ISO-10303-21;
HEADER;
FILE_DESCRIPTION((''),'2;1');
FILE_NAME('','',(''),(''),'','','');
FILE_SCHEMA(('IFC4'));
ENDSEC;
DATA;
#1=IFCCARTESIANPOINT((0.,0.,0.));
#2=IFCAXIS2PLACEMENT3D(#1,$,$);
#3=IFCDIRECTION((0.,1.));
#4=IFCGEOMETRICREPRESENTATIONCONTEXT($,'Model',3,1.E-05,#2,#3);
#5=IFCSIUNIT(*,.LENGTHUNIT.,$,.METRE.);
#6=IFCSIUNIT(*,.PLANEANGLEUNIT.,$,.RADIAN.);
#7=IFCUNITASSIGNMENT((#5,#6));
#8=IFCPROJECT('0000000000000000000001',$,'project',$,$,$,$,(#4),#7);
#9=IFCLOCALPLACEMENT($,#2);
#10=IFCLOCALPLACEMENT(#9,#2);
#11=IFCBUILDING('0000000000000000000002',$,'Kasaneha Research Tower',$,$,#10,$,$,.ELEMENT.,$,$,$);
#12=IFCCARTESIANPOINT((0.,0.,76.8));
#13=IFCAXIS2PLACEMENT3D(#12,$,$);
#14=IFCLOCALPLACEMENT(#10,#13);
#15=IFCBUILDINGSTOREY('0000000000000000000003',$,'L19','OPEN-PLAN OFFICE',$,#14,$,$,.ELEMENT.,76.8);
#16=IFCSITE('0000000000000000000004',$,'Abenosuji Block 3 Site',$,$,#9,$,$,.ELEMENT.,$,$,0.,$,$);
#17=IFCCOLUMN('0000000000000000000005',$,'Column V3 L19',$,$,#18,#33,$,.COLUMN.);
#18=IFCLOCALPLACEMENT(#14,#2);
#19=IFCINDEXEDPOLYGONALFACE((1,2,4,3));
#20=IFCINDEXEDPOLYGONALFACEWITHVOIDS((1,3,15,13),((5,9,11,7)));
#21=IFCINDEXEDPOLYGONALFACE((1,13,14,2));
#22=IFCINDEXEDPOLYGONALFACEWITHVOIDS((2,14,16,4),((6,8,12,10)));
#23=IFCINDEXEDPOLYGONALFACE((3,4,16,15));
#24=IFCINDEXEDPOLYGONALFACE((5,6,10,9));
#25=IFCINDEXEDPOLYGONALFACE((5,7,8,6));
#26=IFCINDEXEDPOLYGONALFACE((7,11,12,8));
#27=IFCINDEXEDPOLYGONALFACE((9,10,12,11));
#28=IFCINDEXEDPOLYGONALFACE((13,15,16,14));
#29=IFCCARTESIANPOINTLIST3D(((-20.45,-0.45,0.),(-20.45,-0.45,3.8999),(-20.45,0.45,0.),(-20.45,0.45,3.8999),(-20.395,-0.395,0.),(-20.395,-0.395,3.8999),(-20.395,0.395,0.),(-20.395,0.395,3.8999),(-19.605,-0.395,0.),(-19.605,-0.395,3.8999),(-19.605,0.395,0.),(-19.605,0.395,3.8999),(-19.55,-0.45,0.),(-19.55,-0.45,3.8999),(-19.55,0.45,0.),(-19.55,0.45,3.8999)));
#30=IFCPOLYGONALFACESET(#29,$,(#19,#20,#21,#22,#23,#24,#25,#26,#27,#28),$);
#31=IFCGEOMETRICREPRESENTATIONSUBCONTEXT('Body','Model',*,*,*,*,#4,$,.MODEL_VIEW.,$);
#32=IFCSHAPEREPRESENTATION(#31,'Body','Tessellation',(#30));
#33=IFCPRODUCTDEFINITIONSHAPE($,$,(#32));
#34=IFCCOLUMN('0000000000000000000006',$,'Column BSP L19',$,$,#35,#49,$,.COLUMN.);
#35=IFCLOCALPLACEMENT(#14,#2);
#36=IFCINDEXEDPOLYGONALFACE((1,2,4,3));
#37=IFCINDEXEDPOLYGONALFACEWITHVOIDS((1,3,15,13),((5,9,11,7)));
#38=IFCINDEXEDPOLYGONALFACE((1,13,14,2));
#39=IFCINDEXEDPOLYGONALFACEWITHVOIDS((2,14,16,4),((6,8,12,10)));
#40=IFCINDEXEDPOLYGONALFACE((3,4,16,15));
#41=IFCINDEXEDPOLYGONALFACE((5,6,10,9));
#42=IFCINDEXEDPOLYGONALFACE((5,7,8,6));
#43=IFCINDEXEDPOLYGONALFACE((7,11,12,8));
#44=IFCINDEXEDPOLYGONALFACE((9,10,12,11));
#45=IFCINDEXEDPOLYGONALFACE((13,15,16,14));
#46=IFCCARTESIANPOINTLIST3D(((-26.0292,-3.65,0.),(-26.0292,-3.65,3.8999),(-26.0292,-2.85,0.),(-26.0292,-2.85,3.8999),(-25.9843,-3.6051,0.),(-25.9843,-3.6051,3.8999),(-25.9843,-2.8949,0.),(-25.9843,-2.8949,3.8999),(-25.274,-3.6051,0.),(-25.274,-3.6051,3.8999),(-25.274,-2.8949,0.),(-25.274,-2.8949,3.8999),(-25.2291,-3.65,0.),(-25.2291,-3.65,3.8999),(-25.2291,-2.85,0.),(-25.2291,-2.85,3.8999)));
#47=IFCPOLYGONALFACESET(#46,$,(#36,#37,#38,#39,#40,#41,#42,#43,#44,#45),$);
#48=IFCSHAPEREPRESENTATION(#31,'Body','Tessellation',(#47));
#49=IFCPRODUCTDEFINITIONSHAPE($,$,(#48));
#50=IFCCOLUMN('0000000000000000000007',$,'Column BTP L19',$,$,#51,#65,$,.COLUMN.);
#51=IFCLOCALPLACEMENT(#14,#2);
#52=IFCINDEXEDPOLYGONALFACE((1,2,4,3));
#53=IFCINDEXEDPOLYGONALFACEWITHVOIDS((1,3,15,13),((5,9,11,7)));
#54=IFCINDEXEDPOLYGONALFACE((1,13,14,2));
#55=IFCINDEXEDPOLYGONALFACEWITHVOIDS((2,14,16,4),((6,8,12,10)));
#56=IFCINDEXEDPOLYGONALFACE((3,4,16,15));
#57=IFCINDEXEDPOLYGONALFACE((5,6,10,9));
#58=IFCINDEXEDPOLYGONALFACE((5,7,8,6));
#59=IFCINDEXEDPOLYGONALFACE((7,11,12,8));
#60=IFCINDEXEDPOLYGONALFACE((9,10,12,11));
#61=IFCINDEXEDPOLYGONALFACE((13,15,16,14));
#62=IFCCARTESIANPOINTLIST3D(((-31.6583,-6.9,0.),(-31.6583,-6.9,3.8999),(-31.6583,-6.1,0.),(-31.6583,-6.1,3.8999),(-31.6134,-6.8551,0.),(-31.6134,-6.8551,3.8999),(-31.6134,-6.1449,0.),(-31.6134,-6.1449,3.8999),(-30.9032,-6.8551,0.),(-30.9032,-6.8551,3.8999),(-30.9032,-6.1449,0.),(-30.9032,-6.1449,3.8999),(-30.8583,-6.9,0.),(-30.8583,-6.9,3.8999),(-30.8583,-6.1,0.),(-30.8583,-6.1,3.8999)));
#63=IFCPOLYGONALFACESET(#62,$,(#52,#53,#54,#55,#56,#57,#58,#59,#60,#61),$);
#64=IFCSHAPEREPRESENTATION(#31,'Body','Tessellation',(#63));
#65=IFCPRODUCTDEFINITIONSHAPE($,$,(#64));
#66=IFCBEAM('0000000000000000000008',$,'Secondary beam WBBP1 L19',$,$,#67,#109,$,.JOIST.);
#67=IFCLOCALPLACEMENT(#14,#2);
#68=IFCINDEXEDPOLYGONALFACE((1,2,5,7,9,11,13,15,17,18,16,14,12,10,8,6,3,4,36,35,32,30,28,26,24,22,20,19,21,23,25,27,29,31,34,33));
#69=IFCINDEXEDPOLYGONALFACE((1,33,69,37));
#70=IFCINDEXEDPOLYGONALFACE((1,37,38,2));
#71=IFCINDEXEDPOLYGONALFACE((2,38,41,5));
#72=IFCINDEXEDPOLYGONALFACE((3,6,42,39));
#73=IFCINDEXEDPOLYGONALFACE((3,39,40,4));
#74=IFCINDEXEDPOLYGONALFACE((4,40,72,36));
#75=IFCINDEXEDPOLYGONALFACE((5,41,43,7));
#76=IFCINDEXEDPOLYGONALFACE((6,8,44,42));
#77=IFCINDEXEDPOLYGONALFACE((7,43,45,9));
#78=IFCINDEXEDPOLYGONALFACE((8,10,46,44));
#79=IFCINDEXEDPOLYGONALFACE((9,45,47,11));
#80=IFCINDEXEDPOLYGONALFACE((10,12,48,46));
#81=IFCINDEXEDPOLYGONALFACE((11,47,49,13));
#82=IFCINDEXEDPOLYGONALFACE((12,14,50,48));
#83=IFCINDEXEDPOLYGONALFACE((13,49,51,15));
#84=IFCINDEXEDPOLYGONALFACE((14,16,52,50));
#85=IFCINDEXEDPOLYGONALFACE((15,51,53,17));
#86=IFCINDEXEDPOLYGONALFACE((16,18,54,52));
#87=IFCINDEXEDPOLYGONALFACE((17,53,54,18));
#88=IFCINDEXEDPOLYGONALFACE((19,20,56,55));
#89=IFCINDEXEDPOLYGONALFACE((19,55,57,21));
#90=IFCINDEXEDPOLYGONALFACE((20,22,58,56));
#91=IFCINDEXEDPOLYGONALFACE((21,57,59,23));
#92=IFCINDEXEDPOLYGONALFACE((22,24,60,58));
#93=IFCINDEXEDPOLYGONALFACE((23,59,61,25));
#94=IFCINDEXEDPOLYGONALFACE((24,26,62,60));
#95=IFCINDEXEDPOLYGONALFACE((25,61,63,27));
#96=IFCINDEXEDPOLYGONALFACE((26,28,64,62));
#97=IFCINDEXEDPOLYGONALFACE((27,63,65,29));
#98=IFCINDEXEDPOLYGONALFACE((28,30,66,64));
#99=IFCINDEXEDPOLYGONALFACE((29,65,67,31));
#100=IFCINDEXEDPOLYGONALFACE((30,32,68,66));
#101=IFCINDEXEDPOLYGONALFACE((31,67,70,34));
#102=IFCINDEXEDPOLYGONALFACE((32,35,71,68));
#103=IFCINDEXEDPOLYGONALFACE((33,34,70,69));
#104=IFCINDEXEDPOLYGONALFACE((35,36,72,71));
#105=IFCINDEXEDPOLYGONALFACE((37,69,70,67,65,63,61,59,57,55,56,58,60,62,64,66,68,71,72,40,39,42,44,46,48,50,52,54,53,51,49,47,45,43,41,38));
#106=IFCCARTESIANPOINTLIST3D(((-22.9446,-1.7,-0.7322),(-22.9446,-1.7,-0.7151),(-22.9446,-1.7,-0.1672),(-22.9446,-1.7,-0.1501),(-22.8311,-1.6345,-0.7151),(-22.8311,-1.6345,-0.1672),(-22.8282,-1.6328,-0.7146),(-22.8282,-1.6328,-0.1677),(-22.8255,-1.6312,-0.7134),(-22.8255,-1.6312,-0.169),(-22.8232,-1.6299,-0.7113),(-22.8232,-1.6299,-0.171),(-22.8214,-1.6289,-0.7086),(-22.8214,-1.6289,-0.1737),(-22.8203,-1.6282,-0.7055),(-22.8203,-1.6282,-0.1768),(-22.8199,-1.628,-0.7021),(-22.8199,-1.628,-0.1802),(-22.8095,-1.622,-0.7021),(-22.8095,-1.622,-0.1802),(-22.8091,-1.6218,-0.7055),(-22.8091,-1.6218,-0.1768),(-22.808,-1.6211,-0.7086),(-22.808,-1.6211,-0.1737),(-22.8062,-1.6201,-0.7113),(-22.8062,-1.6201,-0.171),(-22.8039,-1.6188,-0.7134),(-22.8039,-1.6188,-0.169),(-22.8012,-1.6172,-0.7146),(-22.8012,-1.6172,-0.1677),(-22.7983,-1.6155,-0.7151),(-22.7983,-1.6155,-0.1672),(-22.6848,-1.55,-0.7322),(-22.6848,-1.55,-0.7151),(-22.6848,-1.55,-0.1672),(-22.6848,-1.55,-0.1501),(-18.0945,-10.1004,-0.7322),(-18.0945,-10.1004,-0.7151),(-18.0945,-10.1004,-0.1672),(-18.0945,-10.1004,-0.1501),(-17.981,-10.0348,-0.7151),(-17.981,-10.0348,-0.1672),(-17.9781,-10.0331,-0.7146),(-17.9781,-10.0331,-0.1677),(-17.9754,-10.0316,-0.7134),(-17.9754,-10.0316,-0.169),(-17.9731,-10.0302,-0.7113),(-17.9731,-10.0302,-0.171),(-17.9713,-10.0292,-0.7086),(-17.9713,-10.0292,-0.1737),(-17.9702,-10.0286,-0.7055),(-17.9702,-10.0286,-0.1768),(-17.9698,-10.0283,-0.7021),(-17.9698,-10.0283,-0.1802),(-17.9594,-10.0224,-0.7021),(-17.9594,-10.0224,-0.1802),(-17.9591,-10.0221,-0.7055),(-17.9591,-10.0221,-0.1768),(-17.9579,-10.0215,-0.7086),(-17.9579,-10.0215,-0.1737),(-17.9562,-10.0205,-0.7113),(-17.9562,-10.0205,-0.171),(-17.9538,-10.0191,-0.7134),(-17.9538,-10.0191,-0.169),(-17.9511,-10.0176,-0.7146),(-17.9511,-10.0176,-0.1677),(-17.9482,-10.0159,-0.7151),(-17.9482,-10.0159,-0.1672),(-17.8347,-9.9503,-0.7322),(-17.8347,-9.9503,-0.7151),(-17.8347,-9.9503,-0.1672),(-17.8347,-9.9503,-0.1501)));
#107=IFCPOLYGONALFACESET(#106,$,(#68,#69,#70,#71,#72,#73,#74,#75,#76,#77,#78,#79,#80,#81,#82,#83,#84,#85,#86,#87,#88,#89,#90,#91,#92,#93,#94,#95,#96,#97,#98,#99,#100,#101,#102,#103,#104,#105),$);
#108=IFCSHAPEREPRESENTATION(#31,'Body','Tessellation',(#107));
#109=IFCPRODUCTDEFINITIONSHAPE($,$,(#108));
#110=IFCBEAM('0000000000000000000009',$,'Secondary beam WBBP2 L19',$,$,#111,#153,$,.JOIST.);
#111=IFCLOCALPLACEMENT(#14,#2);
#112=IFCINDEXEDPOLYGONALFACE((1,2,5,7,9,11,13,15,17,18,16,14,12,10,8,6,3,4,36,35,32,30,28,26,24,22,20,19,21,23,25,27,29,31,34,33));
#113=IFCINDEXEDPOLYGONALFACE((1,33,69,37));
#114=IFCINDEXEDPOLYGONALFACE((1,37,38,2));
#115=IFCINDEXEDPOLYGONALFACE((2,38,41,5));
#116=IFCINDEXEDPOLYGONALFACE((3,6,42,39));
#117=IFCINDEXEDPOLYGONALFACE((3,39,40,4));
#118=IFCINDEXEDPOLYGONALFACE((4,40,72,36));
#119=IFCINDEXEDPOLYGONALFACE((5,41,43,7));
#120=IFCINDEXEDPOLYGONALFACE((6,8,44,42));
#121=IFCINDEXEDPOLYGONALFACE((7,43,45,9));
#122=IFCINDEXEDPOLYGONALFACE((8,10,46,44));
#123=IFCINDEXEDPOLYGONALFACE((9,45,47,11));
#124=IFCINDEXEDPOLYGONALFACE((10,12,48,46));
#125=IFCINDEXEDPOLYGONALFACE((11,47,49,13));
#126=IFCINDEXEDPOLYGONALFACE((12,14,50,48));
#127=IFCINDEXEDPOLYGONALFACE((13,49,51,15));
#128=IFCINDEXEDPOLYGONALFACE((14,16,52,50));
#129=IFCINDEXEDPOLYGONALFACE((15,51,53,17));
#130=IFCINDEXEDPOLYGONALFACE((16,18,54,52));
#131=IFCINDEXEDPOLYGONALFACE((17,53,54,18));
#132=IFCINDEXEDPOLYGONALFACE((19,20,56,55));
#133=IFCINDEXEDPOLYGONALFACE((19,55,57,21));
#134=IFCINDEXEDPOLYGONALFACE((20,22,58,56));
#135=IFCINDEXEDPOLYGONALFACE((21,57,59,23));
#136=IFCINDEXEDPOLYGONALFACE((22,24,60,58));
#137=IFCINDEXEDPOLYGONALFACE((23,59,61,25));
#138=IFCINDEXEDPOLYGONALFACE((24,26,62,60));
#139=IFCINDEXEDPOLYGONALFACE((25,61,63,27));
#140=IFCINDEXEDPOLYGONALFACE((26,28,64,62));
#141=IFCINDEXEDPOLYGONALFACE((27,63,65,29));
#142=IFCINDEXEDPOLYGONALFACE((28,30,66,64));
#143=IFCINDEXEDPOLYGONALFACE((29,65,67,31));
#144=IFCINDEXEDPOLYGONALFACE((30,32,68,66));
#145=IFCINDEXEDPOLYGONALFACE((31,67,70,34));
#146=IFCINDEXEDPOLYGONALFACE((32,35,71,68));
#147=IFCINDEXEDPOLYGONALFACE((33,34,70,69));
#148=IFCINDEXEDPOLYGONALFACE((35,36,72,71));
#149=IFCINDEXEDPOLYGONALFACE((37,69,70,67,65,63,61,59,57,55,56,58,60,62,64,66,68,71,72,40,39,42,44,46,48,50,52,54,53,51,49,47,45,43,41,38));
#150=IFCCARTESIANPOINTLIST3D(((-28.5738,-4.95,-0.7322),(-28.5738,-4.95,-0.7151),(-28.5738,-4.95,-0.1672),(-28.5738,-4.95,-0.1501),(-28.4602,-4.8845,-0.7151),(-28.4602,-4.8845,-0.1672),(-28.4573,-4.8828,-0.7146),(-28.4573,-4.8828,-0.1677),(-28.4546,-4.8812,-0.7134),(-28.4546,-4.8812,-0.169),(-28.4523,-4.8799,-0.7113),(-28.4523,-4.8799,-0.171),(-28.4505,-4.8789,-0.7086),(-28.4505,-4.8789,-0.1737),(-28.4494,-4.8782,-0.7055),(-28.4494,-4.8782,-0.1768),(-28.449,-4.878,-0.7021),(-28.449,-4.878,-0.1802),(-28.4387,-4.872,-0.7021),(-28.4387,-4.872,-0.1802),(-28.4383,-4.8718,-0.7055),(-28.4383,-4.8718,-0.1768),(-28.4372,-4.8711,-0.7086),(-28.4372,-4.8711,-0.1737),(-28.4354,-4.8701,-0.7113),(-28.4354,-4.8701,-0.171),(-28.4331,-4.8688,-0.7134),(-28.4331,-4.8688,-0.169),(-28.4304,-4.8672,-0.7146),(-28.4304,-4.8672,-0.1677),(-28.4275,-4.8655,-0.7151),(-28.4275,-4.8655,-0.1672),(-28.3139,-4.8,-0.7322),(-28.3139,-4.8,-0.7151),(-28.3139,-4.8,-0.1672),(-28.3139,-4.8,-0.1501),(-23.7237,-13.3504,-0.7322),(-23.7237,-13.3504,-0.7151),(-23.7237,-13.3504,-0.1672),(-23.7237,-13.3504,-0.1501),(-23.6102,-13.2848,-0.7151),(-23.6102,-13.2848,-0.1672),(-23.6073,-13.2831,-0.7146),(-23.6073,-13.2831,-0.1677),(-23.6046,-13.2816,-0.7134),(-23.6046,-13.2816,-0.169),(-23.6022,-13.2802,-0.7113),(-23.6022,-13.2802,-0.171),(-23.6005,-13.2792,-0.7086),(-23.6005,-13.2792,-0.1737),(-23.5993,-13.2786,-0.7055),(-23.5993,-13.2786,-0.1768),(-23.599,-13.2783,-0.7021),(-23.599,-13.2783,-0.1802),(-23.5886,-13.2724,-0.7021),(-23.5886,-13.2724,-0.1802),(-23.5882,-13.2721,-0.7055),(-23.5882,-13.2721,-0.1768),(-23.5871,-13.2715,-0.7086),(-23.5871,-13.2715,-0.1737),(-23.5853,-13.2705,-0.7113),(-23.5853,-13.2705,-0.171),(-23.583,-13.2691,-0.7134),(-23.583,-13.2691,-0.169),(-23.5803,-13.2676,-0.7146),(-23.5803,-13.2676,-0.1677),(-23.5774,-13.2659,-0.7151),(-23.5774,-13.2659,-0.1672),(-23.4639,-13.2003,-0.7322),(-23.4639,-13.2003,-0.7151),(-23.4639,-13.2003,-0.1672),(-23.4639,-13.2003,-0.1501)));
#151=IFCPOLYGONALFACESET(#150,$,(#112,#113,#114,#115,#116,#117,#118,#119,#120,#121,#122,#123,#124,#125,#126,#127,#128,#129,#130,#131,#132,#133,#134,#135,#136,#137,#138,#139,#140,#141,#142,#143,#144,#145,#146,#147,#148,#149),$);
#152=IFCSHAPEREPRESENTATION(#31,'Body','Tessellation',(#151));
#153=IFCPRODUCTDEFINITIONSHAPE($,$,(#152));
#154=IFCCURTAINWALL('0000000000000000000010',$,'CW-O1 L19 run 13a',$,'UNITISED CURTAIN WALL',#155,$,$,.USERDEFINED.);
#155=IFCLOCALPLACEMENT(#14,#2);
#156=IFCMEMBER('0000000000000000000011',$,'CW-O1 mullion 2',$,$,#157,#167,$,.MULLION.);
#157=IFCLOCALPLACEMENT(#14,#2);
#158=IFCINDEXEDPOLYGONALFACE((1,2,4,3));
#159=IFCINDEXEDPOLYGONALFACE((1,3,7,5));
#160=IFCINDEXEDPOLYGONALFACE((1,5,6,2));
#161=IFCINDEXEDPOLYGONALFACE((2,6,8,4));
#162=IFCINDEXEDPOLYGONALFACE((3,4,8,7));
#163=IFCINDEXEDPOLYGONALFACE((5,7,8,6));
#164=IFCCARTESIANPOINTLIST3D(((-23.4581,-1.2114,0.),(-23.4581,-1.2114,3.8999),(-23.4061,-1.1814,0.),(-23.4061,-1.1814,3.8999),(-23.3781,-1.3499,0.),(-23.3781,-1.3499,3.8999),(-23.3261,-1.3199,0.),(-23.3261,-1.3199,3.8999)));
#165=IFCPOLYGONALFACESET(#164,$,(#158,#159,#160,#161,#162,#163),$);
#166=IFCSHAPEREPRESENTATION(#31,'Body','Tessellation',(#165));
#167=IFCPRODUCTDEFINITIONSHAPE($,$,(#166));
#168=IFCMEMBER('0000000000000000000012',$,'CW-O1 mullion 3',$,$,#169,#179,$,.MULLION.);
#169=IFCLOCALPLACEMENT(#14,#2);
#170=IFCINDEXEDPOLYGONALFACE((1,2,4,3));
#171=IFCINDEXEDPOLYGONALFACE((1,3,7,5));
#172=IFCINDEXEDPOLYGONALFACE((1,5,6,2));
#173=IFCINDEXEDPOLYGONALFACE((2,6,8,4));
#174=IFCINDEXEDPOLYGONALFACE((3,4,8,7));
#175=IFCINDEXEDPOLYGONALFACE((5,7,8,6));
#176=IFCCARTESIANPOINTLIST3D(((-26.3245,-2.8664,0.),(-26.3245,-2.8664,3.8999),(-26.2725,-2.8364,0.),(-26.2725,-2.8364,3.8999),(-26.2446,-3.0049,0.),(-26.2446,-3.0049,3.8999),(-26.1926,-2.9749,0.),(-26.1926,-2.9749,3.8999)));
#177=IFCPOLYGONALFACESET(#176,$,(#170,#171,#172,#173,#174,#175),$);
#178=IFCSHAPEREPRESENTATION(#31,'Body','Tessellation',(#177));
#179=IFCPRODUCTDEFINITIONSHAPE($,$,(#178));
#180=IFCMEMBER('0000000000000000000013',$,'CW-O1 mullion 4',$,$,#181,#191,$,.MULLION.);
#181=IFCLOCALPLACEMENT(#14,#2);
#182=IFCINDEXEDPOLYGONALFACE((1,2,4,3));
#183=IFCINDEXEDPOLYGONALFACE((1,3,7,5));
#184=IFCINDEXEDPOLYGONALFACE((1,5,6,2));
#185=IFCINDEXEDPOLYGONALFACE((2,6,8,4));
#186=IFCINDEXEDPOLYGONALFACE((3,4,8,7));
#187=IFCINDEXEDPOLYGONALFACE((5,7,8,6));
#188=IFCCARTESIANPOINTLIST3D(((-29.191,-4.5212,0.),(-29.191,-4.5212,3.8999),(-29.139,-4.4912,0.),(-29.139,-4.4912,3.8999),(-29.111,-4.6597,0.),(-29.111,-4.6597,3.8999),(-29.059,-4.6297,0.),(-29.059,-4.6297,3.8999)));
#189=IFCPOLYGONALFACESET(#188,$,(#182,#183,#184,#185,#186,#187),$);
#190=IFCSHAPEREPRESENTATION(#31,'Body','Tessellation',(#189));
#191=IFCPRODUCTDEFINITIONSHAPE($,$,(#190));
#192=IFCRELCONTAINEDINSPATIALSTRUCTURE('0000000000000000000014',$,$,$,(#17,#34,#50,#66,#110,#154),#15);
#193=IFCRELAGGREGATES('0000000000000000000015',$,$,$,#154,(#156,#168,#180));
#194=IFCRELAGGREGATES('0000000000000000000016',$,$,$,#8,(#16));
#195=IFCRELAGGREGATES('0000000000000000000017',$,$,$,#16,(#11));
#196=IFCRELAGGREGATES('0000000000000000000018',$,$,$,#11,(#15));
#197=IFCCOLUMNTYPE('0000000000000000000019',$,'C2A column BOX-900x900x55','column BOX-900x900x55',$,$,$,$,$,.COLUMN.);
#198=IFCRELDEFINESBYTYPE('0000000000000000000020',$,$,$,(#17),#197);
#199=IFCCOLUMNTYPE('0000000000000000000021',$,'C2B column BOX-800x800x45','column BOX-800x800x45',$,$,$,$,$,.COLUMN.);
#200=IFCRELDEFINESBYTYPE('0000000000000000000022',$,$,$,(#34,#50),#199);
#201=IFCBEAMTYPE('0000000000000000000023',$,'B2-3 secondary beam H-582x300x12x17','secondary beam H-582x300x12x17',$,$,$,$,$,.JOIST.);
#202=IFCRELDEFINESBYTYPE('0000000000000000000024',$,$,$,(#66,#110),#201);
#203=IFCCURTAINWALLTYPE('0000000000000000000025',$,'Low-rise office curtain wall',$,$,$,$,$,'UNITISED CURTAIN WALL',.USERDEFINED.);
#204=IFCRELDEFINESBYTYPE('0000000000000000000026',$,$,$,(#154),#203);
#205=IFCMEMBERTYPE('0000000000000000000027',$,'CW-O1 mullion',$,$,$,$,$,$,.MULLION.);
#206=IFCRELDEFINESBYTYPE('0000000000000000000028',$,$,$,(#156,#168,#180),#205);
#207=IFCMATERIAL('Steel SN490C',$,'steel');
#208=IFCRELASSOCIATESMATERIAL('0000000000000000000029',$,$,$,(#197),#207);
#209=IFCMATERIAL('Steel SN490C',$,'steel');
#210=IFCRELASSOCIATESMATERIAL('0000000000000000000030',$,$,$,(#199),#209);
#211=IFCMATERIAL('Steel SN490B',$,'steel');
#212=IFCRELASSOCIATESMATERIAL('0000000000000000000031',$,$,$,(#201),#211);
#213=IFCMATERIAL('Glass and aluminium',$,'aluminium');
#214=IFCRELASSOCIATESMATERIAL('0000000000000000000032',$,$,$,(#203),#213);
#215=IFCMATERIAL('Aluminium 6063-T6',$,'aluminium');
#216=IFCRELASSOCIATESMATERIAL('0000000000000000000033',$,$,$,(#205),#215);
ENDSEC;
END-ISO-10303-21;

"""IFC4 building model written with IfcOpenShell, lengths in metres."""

from ifc_helpers import new_model, si_unit, direction, frame, origin, origin_2d, place, context, subcontext, project, spatial, rectangle, hollow_rectangle, i_section, extrude, material, material_profile, profile_set, type_object, element, aggregate, save


model = new_model("IFC4")

# Units and contexts
model_context = context("Model", 3, precision=1e-05, world=origin(), true_north=direction((0.0, 1.0)))
body_context = subcontext(model_context, "Body", "Model", "MODEL_VIEW")
ifc_project = project(units=[si_unit("LENGTHUNIT", "METRE"), si_unit("PLANEANGLEUNIT", "RADIAN")], contexts=[model_context])

# Site, building, storey
site_placement = place(None, origin())
site = spatial("IfcSite", under=ifc_project, at=site_placement, Name="Abenosuji Block 3 Site", CompositionType="ELEMENT", RefElevation=0.0)
building_placement = place(site_placement, origin())
building = spatial("IfcBuilding", under=site, at=building_placement, Name="Kasaneha Research Tower", CompositionType="ELEMENT")
storey_placement = place(building_placement, frame((0.0, 0.0, 76.8)))
storey = spatial("IfcBuildingStorey", under=building, at=storey_placement, Name="L19", Description="OPEN-PLAN OFFICE", CompositionType="ELEMENT", Elevation=76.8)

# Columns
ifc_material_1 = material(Name="Steel SN490C", Category="steel")
ifc_material_profile_1 = material_profile(ifc_material_1, hollow_rectangle(XDim=0.8999, YDim=0.8999, WallThickness=0.0549, at=origin_2d()), Name="BOX-900x900x55")
ifc_profile_set_1 = profile_set([ifc_material_profile_1], Name="Steel SN490C")
column_type_1 = type_object("IfcColumnType", Name="C2A column BOX-900x900x55", Description="column BOX-900x900x55", PredefinedType="COLUMN", material=ifc_profile_set_1)
column_placement = place(storey_placement, frame((-20.0, 0.0, 0.0), z_axis=(0.0, 0.0, 1.0), x_axis=(1.0, 0.0, 0.0)))
element("IfcColumn", 1, at=column_placement, inside=storey, type_object=column_type_1, Name="Column V3 L19", PredefinedType="COLUMN", context=body_context, shape_type="SweptSolid", body=[
    extrude(hollow_rectangle(XDim=0.8999, YDim=0.8999, WallThickness=0.0549, at=origin_2d()), origin(), (0.0, 0.0, 1.0), 3.8999),
])
ifc_material_2 = material(Name="Steel SN490C", Category="steel")
ifc_material_profile_2 = material_profile(ifc_material_2, hollow_rectangle(XDim=0.8, YDim=0.8, WallThickness=0.0449, at=origin_2d()), Name="BOX-800x800x45")
ifc_profile_set_2 = profile_set([ifc_material_profile_2], Name="Steel SN490C")
column_type_2 = type_object("IfcColumnType", Name="C2B column BOX-800x800x45", Description="column BOX-800x800x45", PredefinedType="COLUMN", material=ifc_profile_set_2)
for number, where, z_axis, x_axis, name in (
    (2, (-25.6292, -3.25, 0.0), (0.0, 0.0, 1.0), (1.0, 0.0, 0.0), "Column BSP L19"),
    (3, (-31.2583, -6.5, 0.0), (0.0, 0.0, 1.0), (1.0, 0.0, 0.0), "Column BTP L19"),
):
    element("IfcColumn", number, at=place(storey_placement, frame(where, z_axis=z_axis, x_axis=x_axis)), inside=storey, type_object=column_type_2, Name=name, PredefinedType="COLUMN", context=body_context, shape_type="SweptSolid", body=[
        extrude(hollow_rectangle(XDim=0.8, YDim=0.8, WallThickness=0.0449, at=origin_2d()), origin(), (0.0, 0.0, 1.0), 3.8999),
    ])

# Beams
ifc_material_3 = material(Name="Steel SN490B", Category="steel")
ifc_material_profile_3 = material_profile(ifc_material_3, i_section(OverallWidth=0.3, OverallDepth=0.582, WebThickness=0.012, FlangeThickness=0.0171, FilletRadius=0.0129, at=origin_2d()), Name="H-582x300x12x17")
ifc_profile_set_3 = profile_set([ifc_material_profile_3], Name="Steel SN490B")
beam_type_1 = type_object("IfcBeamType", Name="B2-3 secondary beam H-582x300x12x17", Description="secondary beam H-582x300x12x17", PredefinedType="JOIST", material=ifc_profile_set_3)
for number, where, z_axis, x_axis, name in (
    (4, (-22.8147, -1.625, -0.4412), (0.50001, -0.86602, 0.0), (0.86602, 0.50001, 0.0), "Secondary beam WBBP1 L19"),
    (5, (-28.4438, -4.875, -0.4412), (0.50001, -0.86602, 0.0), (0.86602, 0.50001, 0.0), "Secondary beam WBBP2 L19"),
):
    element("IfcBeam", number, at=place(storey_placement, frame(where, z_axis=z_axis, x_axis=x_axis)), inside=storey, type_object=beam_type_1, Name=name, PredefinedType="JOIST", context=body_context, shape_type="SweptSolid", body=[
        extrude(i_section(OverallWidth=0.3, OverallDepth=0.582, WebThickness=0.012, FlangeThickness=0.0171, FilletRadius=0.0129, at=origin_2d()), origin(), (0.0, 0.0, 1.0), 9.7),
    ])

# Curtain wall, members
ifc_material_4 = material(Name="Glass and aluminium", Category="aluminium")
curtain_wall_type = type_object("IfcCurtainWallType", Name="Low-rise office curtain wall", ElementType="UNITISED CURTAIN WALL", PredefinedType="USERDEFINED", material=ifc_material_4)
curtain_wall_1_placement = place(storey_placement, origin())
curtain_wall_1 = element("IfcCurtainWall", 6, at=curtain_wall_1_placement, inside=storey, type_object=curtain_wall_type, Name="CW-O1 L19 run 13a", ObjectType="UNITISED CURTAIN WALL", PredefinedType="USERDEFINED")
ifc_material_5 = material(Name="Aluminium 6063-T6", Category="aluminium")
ifc_material_profile_4 = material_profile(ifc_material_5, rectangle(XDim=0.0601, YDim=0.1599, at=origin_2d()), Name="CW-O1 mullion 60x160")
ifc_profile_set_4 = profile_set([ifc_material_profile_4], Name="Aluminium 6063-T6")
member_type_1 = type_object("IfcMemberType", Name="CW-O1 mullion", PredefinedType="MULLION", material=ifc_profile_set_4)
member_1_placement = place(storey_placement, frame((-23.3921, -1.2656, 0.0), z_axis=(0.0, 0.0, 1.0), x_axis=(-0.866025, -0.5, 0.0)))
member_1 = element("IfcMember", 7, at=member_1_placement, type_object=member_type_1, Name="CW-O1 mullion 2", PredefinedType="MULLION", context=body_context, shape_type="SweptSolid", body=[
    extrude(rectangle(XDim=0.0601, YDim=0.1599, at=origin_2d()), origin(), (0.0, 0.0, 1.0), 3.8999),
])
member_2_placement = place(storey_placement, frame((-26.2585, -2.9207, 0.0), z_axis=(0.0, 0.0, 1.0), x_axis=(-0.866025, -0.5, 0.0)))
member_2 = element("IfcMember", 8, at=member_2_placement, type_object=member_type_1, Name="CW-O1 mullion 3", PredefinedType="MULLION", context=body_context, shape_type="SweptSolid", body=[
    extrude(rectangle(XDim=0.0601, YDim=0.1599, at=origin_2d()), origin(), (0.0, 0.0, 1.0), 3.8999),
])
member_3_placement = place(storey_placement, frame((-29.125, -4.5754, 0.0), z_axis=(0.0, 0.0, 1.0), x_axis=(-0.866025, -0.5, 0.0)))
member_3 = element("IfcMember", 9, at=member_3_placement, type_object=member_type_1, Name="CW-O1 mullion 4", PredefinedType="MULLION", context=body_context, shape_type="SweptSolid", body=[
    extrude(rectangle(XDim=0.0601, YDim=0.1599, at=origin_2d()), origin(), (0.0, 0.0, 1.0), 3.8999),
])

aggregate(curtain_wall_1, [member_1, member_2, member_3])

save(model, "model.ifc")
